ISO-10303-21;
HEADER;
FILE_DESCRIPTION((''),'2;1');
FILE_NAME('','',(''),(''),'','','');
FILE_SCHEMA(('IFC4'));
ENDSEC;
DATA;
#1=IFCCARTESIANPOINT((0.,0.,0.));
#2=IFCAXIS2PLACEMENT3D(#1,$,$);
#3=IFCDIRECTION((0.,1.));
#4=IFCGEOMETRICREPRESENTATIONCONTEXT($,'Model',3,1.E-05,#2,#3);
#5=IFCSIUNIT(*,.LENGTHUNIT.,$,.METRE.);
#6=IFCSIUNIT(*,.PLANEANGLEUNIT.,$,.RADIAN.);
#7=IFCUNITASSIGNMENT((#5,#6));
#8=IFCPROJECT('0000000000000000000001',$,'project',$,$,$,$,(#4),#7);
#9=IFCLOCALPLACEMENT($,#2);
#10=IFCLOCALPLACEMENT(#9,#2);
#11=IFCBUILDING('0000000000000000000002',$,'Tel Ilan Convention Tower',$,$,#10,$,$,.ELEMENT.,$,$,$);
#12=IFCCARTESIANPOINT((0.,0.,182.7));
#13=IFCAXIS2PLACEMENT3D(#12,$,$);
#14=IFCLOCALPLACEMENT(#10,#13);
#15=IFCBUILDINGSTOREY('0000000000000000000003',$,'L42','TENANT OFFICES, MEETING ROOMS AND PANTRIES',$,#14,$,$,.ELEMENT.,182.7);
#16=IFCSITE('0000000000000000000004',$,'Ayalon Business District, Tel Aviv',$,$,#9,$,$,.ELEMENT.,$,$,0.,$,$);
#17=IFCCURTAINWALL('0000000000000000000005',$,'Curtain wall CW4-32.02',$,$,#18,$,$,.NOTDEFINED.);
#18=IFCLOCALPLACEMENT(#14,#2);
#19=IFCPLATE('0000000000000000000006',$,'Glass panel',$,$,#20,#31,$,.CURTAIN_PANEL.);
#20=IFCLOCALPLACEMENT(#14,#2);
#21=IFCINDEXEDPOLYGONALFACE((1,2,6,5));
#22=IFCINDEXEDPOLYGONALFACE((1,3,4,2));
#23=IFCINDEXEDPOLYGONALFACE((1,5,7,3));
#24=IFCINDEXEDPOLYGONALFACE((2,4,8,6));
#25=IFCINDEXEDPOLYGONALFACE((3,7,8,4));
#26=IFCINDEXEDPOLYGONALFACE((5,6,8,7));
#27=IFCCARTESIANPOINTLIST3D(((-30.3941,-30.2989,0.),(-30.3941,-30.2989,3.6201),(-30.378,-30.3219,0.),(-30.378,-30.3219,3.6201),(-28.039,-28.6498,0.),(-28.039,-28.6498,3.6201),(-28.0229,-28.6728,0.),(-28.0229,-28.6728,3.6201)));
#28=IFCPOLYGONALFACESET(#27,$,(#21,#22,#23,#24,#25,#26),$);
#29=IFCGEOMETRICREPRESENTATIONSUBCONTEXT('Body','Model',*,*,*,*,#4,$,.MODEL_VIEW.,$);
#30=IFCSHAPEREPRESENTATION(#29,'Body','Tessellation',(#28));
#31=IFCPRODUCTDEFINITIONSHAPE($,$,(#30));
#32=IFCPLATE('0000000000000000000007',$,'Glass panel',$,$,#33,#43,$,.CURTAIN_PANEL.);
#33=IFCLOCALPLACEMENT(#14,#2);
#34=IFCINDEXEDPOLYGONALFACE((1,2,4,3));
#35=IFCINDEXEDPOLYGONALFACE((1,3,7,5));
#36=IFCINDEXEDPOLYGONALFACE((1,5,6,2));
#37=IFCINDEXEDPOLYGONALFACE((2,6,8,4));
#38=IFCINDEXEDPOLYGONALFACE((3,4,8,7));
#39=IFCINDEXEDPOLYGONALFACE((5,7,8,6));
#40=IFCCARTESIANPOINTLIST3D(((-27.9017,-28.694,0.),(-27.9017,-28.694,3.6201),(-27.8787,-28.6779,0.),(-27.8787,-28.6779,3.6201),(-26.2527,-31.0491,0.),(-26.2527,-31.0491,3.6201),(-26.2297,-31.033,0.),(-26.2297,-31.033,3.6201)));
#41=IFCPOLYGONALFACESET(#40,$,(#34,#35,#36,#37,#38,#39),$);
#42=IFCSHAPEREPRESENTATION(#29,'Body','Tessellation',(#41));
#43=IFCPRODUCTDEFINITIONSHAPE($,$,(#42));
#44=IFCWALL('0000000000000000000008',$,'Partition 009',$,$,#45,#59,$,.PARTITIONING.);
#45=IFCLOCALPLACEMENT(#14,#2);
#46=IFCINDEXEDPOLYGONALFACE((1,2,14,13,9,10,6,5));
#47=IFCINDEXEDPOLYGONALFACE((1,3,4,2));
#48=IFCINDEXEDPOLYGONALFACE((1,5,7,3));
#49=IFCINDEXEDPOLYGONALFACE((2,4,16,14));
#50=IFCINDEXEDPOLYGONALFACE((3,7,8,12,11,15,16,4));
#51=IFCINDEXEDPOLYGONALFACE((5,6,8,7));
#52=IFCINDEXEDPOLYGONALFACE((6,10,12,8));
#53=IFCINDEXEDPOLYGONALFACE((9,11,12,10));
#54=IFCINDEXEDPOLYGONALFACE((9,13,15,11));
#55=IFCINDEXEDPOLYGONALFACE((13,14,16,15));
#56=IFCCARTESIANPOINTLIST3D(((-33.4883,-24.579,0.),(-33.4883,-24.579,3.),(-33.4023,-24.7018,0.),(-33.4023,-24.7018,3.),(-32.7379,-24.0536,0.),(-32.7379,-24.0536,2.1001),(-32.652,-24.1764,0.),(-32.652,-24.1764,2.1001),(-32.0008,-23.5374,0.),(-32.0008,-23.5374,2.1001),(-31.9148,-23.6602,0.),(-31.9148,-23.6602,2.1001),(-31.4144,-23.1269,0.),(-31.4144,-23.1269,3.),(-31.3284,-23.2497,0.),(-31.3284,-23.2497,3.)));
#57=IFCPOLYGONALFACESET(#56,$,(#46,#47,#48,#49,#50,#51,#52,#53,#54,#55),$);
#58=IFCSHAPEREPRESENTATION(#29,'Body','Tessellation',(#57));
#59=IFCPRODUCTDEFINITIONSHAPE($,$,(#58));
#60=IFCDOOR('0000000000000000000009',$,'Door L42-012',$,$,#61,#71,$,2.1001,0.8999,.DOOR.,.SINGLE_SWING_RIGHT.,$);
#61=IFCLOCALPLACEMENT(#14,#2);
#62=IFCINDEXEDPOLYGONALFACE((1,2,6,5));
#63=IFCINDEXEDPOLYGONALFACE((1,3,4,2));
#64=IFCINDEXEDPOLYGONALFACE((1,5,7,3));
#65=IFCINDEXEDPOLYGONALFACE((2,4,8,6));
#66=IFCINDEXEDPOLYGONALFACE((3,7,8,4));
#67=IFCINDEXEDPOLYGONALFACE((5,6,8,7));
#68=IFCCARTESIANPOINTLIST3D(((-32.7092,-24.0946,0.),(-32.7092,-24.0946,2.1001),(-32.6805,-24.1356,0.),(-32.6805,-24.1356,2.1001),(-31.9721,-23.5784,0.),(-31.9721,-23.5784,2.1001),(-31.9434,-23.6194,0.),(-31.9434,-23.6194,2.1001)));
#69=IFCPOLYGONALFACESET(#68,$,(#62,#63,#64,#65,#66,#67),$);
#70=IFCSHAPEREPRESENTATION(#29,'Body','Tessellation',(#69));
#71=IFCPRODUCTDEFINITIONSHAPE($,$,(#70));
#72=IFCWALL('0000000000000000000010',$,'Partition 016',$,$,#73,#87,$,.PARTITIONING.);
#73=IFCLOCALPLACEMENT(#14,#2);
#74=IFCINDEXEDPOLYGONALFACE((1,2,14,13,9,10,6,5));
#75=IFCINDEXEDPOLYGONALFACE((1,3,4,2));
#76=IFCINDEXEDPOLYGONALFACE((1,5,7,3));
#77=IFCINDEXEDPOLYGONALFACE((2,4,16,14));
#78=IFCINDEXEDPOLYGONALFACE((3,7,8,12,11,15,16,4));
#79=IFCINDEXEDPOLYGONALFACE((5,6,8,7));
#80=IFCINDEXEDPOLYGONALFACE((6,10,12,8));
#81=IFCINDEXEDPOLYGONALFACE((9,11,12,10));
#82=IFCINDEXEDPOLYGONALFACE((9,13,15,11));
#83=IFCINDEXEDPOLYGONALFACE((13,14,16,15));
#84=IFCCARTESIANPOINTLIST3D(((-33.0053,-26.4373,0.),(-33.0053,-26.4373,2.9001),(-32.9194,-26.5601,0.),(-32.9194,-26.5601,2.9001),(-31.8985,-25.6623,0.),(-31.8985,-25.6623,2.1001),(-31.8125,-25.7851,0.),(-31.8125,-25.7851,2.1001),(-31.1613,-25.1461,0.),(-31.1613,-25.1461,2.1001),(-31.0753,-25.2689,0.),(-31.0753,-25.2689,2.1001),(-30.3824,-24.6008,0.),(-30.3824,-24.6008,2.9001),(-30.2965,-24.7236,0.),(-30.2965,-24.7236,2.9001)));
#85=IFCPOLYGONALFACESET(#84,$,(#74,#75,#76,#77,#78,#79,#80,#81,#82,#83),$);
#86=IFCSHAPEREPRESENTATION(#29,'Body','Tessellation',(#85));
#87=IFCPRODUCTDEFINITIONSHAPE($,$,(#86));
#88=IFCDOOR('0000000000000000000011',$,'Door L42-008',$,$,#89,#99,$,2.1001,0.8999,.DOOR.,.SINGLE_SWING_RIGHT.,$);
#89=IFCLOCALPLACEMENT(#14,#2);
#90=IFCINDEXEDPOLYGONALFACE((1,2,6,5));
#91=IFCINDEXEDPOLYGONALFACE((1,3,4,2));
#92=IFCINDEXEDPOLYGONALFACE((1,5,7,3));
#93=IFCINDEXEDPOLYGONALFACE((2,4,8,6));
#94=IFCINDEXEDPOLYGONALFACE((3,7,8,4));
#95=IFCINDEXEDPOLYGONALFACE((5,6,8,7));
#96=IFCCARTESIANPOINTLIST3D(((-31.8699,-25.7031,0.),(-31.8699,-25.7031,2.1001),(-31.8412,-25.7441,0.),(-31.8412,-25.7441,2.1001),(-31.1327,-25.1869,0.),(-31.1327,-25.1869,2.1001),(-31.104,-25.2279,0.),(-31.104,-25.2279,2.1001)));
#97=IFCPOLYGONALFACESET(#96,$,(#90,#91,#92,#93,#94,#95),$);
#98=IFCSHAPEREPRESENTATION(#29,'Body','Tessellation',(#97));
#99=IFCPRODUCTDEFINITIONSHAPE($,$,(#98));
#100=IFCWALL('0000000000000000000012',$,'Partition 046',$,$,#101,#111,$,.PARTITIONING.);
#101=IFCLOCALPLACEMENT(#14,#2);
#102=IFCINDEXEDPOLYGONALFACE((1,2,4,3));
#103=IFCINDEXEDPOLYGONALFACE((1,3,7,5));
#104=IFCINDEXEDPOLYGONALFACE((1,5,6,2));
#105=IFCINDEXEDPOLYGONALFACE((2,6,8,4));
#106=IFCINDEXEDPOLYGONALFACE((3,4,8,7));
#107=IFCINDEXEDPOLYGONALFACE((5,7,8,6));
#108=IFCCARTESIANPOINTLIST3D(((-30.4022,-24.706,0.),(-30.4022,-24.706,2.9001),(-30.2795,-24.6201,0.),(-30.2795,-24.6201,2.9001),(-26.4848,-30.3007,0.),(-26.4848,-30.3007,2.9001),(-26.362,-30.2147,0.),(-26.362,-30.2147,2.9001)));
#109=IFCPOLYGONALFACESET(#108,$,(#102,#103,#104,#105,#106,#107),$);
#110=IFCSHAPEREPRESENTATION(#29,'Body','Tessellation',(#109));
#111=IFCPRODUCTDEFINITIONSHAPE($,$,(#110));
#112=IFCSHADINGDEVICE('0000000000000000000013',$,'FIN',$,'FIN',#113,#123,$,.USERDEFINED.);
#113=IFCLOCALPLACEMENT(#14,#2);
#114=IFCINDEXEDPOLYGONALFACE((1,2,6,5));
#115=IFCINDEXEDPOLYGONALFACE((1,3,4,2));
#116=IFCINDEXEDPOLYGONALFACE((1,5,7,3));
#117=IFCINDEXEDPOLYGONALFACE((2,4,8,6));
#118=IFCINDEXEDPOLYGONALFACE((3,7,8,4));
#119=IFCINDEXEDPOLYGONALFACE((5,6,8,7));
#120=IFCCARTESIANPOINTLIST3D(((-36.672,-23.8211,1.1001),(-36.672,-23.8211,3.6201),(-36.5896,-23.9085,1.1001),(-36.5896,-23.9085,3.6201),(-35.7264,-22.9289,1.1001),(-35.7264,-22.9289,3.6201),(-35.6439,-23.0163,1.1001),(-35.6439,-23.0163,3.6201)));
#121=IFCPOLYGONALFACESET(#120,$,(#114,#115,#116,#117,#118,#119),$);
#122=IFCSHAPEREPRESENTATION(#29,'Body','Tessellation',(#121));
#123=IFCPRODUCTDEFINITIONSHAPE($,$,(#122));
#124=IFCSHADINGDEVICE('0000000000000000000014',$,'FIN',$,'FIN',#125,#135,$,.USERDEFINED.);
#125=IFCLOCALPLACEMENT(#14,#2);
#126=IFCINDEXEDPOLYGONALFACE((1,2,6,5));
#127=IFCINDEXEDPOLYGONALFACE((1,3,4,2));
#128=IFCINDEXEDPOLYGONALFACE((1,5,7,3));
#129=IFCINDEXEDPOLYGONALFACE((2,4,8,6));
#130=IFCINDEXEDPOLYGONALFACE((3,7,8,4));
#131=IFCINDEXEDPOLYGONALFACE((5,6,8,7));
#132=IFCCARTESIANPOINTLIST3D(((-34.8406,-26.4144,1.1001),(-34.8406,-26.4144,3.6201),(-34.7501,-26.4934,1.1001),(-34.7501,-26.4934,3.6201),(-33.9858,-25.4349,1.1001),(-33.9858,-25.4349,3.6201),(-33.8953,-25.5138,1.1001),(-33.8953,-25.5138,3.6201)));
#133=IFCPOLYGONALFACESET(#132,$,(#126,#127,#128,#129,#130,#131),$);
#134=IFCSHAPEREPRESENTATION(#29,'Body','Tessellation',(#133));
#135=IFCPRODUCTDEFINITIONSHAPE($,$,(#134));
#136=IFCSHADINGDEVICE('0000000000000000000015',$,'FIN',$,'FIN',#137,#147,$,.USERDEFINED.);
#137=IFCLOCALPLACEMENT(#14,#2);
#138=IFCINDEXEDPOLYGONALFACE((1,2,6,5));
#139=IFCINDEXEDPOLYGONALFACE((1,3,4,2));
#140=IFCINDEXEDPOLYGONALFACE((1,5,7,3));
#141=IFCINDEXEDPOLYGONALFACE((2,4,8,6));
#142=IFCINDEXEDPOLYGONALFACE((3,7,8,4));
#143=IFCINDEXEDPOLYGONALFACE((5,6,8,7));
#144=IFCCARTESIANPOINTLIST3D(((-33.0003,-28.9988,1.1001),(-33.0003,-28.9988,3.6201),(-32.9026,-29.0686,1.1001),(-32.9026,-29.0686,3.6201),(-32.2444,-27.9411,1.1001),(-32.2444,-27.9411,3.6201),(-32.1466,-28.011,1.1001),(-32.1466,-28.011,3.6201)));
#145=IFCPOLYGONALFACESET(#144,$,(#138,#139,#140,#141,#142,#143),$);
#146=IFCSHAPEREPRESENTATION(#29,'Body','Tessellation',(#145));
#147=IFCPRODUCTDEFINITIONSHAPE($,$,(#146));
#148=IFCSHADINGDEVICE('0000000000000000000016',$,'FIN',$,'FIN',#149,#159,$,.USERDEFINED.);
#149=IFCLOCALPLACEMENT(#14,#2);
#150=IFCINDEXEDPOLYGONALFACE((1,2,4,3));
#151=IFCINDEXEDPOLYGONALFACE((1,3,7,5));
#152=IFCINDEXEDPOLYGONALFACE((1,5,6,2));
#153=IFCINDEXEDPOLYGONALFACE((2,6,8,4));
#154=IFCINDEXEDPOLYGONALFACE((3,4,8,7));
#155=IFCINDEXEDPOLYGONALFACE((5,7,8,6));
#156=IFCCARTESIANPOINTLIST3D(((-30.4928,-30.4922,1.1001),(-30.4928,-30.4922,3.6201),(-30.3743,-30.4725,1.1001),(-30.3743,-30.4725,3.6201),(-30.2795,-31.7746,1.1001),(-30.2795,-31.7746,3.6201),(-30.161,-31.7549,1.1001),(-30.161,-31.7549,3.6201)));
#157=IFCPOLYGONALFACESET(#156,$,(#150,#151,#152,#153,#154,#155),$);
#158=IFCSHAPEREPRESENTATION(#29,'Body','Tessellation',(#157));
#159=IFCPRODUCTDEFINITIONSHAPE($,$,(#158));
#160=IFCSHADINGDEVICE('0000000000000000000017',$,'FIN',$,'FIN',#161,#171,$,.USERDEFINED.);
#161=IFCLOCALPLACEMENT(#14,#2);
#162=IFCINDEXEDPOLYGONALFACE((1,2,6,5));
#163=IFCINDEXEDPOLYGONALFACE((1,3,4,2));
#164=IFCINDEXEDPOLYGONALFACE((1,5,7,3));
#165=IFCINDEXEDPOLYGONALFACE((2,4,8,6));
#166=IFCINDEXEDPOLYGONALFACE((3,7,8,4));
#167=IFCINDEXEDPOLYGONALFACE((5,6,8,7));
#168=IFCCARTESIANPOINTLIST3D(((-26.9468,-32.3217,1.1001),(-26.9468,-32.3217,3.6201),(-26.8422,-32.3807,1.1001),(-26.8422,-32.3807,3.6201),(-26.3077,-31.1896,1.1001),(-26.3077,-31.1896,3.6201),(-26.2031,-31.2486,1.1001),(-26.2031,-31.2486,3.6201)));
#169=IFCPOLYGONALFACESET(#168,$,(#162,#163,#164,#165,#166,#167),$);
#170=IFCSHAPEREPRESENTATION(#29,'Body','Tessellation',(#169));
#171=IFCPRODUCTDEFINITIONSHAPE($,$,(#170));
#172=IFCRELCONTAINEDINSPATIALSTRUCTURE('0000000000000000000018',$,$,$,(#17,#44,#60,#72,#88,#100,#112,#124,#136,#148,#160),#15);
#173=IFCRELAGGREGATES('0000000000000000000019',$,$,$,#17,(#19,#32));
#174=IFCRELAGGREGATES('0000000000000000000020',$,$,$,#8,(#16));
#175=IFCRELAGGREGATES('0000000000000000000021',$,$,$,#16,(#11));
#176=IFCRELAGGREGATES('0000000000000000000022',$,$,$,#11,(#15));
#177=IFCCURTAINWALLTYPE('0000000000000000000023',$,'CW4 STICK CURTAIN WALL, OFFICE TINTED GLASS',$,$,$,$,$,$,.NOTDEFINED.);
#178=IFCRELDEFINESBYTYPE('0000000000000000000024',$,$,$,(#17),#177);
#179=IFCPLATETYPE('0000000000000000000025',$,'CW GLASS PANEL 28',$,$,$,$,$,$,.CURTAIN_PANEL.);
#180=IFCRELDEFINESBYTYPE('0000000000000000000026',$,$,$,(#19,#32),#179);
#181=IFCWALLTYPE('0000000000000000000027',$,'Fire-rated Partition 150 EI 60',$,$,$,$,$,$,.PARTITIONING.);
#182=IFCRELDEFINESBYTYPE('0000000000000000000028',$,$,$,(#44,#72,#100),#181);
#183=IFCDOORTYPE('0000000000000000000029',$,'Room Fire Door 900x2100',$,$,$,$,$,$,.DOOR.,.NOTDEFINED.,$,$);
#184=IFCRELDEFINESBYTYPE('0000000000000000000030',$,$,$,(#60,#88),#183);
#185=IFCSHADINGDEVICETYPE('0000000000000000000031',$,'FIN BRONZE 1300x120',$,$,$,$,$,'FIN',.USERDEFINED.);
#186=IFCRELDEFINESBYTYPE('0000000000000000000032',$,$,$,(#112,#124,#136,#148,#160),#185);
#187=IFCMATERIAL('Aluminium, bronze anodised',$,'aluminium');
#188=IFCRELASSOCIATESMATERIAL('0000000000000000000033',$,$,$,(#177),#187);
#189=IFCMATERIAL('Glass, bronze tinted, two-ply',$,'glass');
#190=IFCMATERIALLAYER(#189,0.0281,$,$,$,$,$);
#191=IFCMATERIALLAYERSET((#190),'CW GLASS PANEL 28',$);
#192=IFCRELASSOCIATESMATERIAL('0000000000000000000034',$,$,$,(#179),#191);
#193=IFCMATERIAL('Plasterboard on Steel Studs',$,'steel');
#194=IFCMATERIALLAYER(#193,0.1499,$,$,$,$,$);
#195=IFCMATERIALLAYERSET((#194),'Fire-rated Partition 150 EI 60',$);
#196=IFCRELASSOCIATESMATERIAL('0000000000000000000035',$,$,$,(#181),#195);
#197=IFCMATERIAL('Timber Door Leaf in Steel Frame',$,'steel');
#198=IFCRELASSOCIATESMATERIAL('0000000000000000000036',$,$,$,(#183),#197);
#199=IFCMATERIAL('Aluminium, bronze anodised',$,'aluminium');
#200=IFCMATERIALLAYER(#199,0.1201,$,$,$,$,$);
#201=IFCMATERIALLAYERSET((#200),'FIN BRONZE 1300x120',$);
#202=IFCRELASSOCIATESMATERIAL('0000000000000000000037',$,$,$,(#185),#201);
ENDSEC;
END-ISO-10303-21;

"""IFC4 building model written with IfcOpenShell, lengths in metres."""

from ifc_helpers import new_model, si_unit, direction, frame, frame_2d, origin, origin_2d, place, context, subcontext, project, spatial, rectangle, extrude, material, layer, layer_set, type_object, element, fill, aggregate, save


model = new_model("IFC4")

# Units and contexts
model_context = context("Model", 3, precision=1e-05, world=origin(), true_north=direction((0.0, 1.0)))
body_context = subcontext(model_context, "Body", "Model", "MODEL_VIEW")
ifc_project = project(units=[si_unit("LENGTHUNIT", "METRE"), si_unit("PLANEANGLEUNIT", "RADIAN")], contexts=[model_context])

# Site, building, storey
site_placement = place(None, origin())
site = spatial("IfcSite", under=ifc_project, at=site_placement, Name="Ayalon Business District, Tel Aviv", CompositionType="ELEMENT", RefElevation=0.0)
building_placement = place(site_placement, origin())
building = spatial("IfcBuilding", under=site, at=building_placement, Name="Tel Ilan Convention Tower", CompositionType="ELEMENT")
storey_placement = place(building_placement, frame((0.0, 0.0, 182.7)))
storey = spatial("IfcBuildingStorey", under=building, at=storey_placement, Name="L42", Description="TENANT OFFICES, MEETING ROOMS AND PANTRIES", CompositionType="ELEMENT", Elevation=182.7)

# Curtain wall, plates
ifc_material_1 = material(Name="Aluminium, bronze anodised", Category="aluminium")
curtain_wall_type = type_object("IfcCurtainWallType", Name="CW4 STICK CURTAIN WALL, OFFICE TINTED GLASS", PredefinedType="NOTDEFINED", material=ifc_material_1)
curtain_wall_placement = place(storey_placement, origin())
curtain_wall = element("IfcCurtainWall", 1, at=curtain_wall_placement, inside=storey, type_object=curtain_wall_type, Name="Curtain wall CW4-32.02", PredefinedType="NOTDEFINED")
ifc_material_2 = material(Name="Glass, bronze tinted, two-ply", Category="glass")
ifc_layer_1 = layer(ifc_material_2, 0.0281)
ifc_layer_set_1 = layer_set([ifc_layer_1], Name="CW GLASS PANEL 28")
plate_type = type_object("IfcPlateType", Name="CW GLASS PANEL 28", PredefinedType="CURTAIN_PANEL", material=ifc_layer_set_1)
plate_1_placement = place(storey_placement, frame((-29.2085, -29.4858, 0.0), z_axis=(0.0, 0.0, 1.0), x_axis=(0.819152, 0.573576, 0.0)))
plate_1 = element("IfcPlate", 2, at=plate_1_placement, type_object=plate_type, Name="Glass panel", PredefinedType="CURTAIN_PANEL", context=body_context, shape_type="SweptSolid", body=[
    extrude(rectangle(XDim=2.875, YDim=0.0281, at=origin_2d()), origin(), (0.0, 0.0, 1.0), 3.6201),
])
plate_2_placement = place(storey_placement, frame((-27.0657, -29.8635, 0.0), z_axis=(0.0, 0.0, 1.0), x_axis=(0.573576, -0.819152, 0.0)))
plate_2 = element("IfcPlate", 3, at=plate_2_placement, type_object=plate_type, Name="Glass panel", PredefinedType="CURTAIN_PANEL", context=body_context, shape_type="SweptSolid", body=[
    extrude(rectangle(XDim=2.875, YDim=0.0281, at=origin_2d()), origin(), (0.0, 0.0, 1.0), 3.6201),
])
aggregate(curtain_wall, [plate_1, plate_2])

# Walls, openings, doors
ifc_material_3 = material(Name="Plasterboard on Steel Studs", Category="steel")
ifc_layer_2 = layer(ifc_material_3, 0.1499)
ifc_layer_set_2 = layer_set([ifc_layer_2], Name="Fire-rated Partition 150 EI 60")
wall_type = type_object("IfcWallType", Name="Fire-rated Partition 150 EI 60", PredefinedType="PARTITIONING", material=ifc_layer_set_2)
wall_1_placement = place(storey_placement, frame((-33.4453, -24.6404, 0.0), z_axis=(0.0, 0.0, 1.0), x_axis=(0.819164, 0.573559, 0.0)))
wall_1 = element("IfcWall", 4, at=wall_1_placement, inside=storey, type_object=wall_type, Name="Partition 009", PredefinedType="PARTITIONING", context=body_context, shape_type="SweptSolid", body=[
    extrude(rectangle(XDim=2.5317, YDim=0.1499, at=frame_2d((1.2659, 0.0))), origin(), (0.0, 0.0, 1.0), 3.0),
])
opening_1_placement = place(wall_1_placement, frame((0.916, 0.0, 0.0)))
opening_1 = element("IfcOpeningElement", 5, at=opening_1_placement, cuts=wall_1, PredefinedType="OPENING", context=body_context, shape_type="SweptSolid", body=[
    extrude(rectangle(XDim=0.8999, YDim=2.1001, at=frame_2d((0.45, 1.05))), frame((0.0, 0.085, 0.0), z_axis=(0.0, -1.0, 0.0), x_axis=(1.0, 0.0, 0.0)), (0.0, 0.0, 1.0), 0.1699),
])
ifc_material_4 = material(Name="Timber Door Leaf in Steel Frame", Category="steel")
door_type = type_object("IfcDoorType", Name="Room Fire Door 900x2100", OperationType="NOTDEFINED", PredefinedType="DOOR", material=ifc_material_4)
door_1_placement = place(opening_1_placement, origin())
door_1 = element("IfcDoor", 6, at=door_1_placement, inside=storey, type_object=door_type, Name="Door L42-012", OperationType="SINGLE_SWING_RIGHT", OverallHeight=2.1001, OverallWidth=0.8999, PredefinedType="DOOR", context=body_context, shape_type="SweptSolid", body=[
    extrude(rectangle(XDim=0.8999, YDim=2.1001, at=frame_2d((0.45, 1.05))), frame((0.0, 0.0249, 0.0), z_axis=(0.0, -1.0, 0.0), x_axis=(1.0, 0.0, 0.0)), (0.0, 0.0, 1.0), 0.05),
])
fill(opening_1, door_1)
wall_2_placement = place(storey_placement, frame((-30.3394, -24.6621, 0.0), z_axis=(0.0, 0.0, 1.0), x_axis=(-0.819164, -0.57356, 0.0)))
wall_2 = element("IfcWall", 7, at=wall_2_placement, inside=storey, type_object=wall_type, Name="Partition 016", PredefinedType="PARTITIONING", context=body_context, shape_type="SweptSolid", body=[
    extrude(rectangle(XDim=3.2019, YDim=0.1499, at=frame_2d((1.6011, 0.0))), origin(), (0.0, 0.0, 1.0), 2.9001),
])
opening_2_placement = place(wall_2_placement, frame((0.9509, 0.0, 0.0)))
opening_2 = element("IfcOpeningElement", 8, at=opening_2_placement, cuts=wall_2, PredefinedType="OPENING", context=body_context, shape_type="SweptSolid", body=[
    extrude(rectangle(XDim=0.8999, YDim=2.1001, at=frame_2d((0.45, 1.05))), frame((0.0, 0.085, 0.0), z_axis=(0.0, -1.0, 0.0), x_axis=(1.0, 0.0, 0.0)), (0.0, 0.0, 1.0), 0.1699),
])
door_2_placement = place(opening_2_placement, origin())
door_2 = element("IfcDoor", 9, at=door_2_placement, inside=storey, type_object=door_type, Name="Door L42-008", OperationType="SINGLE_SWING_RIGHT", OverallHeight=2.1001, OverallWidth=0.8999, PredefinedType="DOOR", context=body_context, shape_type="SweptSolid", body=[
    extrude(rectangle(XDim=0.8999, YDim=2.1001, at=frame_2d((0.45, 1.05))), frame((0.0, 0.0249, 0.0), z_axis=(0.0, -1.0, 0.0), x_axis=(1.0, 0.0, 0.0)), (0.0, 0.0, 1.0), 0.05),
])
fill(opening_2, door_2)

# Wall
wall_3_placement = place(storey_placement, frame((-26.4233, -30.2578, 0.0), z_axis=(0.0, 0.0, 1.0), x_axis=(-0.573577, 0.819151, 0.0)))
element("IfcWall", 10, at=wall_3_placement, inside=storey, type_object=wall_type, Name="Partition 046", PredefinedType="PARTITIONING", context=body_context, shape_type="SweptSolid", body=[
    extrude(rectangle(XDim=6.8298, YDim=0.1499, at=frame_2d((3.415, 0.0))), origin(), (0.0, 0.0, 1.0), 2.9001),
])

# Shading devices
ifc_material_5 = material(Name="Aluminium, bronze anodised", Category="aluminium")
ifc_layer_3 = layer(ifc_material_5, 0.1201)
ifc_layer_set_3 = layer_set([ifc_layer_3], Name="FIN BRONZE 1300x120")
shading_device_type = type_object("IfcShadingDeviceType", Name="FIN BRONZE 1300x120", ElementType="FIN", PredefinedType="USERDEFINED", material=ifc_layer_set_3)
for number, where, z_axis, x_axis, name in (
    (11, (-36.158, -23.4187, 1.1001), (0.0, 0.0, 1.0), (-0.727374, -0.686242, 0.0), "FIN"),
    (12, (-34.3679, -25.9641, 1.1001), (0.0, 0.0, 1.0), (-0.657521, -0.753436, 0.0), "FIN"),
    (13, (-32.5735, -28.5049, 1.1001), (0.0, 0.0, 1.0), (-0.581492, -0.813552, 0.0), "FIN"),
    (14, (-30.3269, -31.1235, 1.1001), (0.0, 0.0, 1.0), (0.164091, -0.986445, 0.0), "FIN"),
    (15, (-26.575, -31.7852, 1.1001), (0.0, 0.0, 1.0), (-0.491579, -0.870833, 0.0), "FIN"),
):
    element("IfcShadingDevice", number, at=place(storey_placement, frame(where, z_axis=z_axis, x_axis=x_axis)), inside=storey, type_object=shading_device_type, Name=name, ObjectType="FIN", PredefinedType="USERDEFINED", context=body_context, shape_type="SweptSolid", body=[
        extrude(rectangle(XDim=1.3, YDim=0.1201, at=origin_2d()), origin(), (0.0, 0.0, 1.0), 2.52),
    ])

save(model, "model.ifc")
